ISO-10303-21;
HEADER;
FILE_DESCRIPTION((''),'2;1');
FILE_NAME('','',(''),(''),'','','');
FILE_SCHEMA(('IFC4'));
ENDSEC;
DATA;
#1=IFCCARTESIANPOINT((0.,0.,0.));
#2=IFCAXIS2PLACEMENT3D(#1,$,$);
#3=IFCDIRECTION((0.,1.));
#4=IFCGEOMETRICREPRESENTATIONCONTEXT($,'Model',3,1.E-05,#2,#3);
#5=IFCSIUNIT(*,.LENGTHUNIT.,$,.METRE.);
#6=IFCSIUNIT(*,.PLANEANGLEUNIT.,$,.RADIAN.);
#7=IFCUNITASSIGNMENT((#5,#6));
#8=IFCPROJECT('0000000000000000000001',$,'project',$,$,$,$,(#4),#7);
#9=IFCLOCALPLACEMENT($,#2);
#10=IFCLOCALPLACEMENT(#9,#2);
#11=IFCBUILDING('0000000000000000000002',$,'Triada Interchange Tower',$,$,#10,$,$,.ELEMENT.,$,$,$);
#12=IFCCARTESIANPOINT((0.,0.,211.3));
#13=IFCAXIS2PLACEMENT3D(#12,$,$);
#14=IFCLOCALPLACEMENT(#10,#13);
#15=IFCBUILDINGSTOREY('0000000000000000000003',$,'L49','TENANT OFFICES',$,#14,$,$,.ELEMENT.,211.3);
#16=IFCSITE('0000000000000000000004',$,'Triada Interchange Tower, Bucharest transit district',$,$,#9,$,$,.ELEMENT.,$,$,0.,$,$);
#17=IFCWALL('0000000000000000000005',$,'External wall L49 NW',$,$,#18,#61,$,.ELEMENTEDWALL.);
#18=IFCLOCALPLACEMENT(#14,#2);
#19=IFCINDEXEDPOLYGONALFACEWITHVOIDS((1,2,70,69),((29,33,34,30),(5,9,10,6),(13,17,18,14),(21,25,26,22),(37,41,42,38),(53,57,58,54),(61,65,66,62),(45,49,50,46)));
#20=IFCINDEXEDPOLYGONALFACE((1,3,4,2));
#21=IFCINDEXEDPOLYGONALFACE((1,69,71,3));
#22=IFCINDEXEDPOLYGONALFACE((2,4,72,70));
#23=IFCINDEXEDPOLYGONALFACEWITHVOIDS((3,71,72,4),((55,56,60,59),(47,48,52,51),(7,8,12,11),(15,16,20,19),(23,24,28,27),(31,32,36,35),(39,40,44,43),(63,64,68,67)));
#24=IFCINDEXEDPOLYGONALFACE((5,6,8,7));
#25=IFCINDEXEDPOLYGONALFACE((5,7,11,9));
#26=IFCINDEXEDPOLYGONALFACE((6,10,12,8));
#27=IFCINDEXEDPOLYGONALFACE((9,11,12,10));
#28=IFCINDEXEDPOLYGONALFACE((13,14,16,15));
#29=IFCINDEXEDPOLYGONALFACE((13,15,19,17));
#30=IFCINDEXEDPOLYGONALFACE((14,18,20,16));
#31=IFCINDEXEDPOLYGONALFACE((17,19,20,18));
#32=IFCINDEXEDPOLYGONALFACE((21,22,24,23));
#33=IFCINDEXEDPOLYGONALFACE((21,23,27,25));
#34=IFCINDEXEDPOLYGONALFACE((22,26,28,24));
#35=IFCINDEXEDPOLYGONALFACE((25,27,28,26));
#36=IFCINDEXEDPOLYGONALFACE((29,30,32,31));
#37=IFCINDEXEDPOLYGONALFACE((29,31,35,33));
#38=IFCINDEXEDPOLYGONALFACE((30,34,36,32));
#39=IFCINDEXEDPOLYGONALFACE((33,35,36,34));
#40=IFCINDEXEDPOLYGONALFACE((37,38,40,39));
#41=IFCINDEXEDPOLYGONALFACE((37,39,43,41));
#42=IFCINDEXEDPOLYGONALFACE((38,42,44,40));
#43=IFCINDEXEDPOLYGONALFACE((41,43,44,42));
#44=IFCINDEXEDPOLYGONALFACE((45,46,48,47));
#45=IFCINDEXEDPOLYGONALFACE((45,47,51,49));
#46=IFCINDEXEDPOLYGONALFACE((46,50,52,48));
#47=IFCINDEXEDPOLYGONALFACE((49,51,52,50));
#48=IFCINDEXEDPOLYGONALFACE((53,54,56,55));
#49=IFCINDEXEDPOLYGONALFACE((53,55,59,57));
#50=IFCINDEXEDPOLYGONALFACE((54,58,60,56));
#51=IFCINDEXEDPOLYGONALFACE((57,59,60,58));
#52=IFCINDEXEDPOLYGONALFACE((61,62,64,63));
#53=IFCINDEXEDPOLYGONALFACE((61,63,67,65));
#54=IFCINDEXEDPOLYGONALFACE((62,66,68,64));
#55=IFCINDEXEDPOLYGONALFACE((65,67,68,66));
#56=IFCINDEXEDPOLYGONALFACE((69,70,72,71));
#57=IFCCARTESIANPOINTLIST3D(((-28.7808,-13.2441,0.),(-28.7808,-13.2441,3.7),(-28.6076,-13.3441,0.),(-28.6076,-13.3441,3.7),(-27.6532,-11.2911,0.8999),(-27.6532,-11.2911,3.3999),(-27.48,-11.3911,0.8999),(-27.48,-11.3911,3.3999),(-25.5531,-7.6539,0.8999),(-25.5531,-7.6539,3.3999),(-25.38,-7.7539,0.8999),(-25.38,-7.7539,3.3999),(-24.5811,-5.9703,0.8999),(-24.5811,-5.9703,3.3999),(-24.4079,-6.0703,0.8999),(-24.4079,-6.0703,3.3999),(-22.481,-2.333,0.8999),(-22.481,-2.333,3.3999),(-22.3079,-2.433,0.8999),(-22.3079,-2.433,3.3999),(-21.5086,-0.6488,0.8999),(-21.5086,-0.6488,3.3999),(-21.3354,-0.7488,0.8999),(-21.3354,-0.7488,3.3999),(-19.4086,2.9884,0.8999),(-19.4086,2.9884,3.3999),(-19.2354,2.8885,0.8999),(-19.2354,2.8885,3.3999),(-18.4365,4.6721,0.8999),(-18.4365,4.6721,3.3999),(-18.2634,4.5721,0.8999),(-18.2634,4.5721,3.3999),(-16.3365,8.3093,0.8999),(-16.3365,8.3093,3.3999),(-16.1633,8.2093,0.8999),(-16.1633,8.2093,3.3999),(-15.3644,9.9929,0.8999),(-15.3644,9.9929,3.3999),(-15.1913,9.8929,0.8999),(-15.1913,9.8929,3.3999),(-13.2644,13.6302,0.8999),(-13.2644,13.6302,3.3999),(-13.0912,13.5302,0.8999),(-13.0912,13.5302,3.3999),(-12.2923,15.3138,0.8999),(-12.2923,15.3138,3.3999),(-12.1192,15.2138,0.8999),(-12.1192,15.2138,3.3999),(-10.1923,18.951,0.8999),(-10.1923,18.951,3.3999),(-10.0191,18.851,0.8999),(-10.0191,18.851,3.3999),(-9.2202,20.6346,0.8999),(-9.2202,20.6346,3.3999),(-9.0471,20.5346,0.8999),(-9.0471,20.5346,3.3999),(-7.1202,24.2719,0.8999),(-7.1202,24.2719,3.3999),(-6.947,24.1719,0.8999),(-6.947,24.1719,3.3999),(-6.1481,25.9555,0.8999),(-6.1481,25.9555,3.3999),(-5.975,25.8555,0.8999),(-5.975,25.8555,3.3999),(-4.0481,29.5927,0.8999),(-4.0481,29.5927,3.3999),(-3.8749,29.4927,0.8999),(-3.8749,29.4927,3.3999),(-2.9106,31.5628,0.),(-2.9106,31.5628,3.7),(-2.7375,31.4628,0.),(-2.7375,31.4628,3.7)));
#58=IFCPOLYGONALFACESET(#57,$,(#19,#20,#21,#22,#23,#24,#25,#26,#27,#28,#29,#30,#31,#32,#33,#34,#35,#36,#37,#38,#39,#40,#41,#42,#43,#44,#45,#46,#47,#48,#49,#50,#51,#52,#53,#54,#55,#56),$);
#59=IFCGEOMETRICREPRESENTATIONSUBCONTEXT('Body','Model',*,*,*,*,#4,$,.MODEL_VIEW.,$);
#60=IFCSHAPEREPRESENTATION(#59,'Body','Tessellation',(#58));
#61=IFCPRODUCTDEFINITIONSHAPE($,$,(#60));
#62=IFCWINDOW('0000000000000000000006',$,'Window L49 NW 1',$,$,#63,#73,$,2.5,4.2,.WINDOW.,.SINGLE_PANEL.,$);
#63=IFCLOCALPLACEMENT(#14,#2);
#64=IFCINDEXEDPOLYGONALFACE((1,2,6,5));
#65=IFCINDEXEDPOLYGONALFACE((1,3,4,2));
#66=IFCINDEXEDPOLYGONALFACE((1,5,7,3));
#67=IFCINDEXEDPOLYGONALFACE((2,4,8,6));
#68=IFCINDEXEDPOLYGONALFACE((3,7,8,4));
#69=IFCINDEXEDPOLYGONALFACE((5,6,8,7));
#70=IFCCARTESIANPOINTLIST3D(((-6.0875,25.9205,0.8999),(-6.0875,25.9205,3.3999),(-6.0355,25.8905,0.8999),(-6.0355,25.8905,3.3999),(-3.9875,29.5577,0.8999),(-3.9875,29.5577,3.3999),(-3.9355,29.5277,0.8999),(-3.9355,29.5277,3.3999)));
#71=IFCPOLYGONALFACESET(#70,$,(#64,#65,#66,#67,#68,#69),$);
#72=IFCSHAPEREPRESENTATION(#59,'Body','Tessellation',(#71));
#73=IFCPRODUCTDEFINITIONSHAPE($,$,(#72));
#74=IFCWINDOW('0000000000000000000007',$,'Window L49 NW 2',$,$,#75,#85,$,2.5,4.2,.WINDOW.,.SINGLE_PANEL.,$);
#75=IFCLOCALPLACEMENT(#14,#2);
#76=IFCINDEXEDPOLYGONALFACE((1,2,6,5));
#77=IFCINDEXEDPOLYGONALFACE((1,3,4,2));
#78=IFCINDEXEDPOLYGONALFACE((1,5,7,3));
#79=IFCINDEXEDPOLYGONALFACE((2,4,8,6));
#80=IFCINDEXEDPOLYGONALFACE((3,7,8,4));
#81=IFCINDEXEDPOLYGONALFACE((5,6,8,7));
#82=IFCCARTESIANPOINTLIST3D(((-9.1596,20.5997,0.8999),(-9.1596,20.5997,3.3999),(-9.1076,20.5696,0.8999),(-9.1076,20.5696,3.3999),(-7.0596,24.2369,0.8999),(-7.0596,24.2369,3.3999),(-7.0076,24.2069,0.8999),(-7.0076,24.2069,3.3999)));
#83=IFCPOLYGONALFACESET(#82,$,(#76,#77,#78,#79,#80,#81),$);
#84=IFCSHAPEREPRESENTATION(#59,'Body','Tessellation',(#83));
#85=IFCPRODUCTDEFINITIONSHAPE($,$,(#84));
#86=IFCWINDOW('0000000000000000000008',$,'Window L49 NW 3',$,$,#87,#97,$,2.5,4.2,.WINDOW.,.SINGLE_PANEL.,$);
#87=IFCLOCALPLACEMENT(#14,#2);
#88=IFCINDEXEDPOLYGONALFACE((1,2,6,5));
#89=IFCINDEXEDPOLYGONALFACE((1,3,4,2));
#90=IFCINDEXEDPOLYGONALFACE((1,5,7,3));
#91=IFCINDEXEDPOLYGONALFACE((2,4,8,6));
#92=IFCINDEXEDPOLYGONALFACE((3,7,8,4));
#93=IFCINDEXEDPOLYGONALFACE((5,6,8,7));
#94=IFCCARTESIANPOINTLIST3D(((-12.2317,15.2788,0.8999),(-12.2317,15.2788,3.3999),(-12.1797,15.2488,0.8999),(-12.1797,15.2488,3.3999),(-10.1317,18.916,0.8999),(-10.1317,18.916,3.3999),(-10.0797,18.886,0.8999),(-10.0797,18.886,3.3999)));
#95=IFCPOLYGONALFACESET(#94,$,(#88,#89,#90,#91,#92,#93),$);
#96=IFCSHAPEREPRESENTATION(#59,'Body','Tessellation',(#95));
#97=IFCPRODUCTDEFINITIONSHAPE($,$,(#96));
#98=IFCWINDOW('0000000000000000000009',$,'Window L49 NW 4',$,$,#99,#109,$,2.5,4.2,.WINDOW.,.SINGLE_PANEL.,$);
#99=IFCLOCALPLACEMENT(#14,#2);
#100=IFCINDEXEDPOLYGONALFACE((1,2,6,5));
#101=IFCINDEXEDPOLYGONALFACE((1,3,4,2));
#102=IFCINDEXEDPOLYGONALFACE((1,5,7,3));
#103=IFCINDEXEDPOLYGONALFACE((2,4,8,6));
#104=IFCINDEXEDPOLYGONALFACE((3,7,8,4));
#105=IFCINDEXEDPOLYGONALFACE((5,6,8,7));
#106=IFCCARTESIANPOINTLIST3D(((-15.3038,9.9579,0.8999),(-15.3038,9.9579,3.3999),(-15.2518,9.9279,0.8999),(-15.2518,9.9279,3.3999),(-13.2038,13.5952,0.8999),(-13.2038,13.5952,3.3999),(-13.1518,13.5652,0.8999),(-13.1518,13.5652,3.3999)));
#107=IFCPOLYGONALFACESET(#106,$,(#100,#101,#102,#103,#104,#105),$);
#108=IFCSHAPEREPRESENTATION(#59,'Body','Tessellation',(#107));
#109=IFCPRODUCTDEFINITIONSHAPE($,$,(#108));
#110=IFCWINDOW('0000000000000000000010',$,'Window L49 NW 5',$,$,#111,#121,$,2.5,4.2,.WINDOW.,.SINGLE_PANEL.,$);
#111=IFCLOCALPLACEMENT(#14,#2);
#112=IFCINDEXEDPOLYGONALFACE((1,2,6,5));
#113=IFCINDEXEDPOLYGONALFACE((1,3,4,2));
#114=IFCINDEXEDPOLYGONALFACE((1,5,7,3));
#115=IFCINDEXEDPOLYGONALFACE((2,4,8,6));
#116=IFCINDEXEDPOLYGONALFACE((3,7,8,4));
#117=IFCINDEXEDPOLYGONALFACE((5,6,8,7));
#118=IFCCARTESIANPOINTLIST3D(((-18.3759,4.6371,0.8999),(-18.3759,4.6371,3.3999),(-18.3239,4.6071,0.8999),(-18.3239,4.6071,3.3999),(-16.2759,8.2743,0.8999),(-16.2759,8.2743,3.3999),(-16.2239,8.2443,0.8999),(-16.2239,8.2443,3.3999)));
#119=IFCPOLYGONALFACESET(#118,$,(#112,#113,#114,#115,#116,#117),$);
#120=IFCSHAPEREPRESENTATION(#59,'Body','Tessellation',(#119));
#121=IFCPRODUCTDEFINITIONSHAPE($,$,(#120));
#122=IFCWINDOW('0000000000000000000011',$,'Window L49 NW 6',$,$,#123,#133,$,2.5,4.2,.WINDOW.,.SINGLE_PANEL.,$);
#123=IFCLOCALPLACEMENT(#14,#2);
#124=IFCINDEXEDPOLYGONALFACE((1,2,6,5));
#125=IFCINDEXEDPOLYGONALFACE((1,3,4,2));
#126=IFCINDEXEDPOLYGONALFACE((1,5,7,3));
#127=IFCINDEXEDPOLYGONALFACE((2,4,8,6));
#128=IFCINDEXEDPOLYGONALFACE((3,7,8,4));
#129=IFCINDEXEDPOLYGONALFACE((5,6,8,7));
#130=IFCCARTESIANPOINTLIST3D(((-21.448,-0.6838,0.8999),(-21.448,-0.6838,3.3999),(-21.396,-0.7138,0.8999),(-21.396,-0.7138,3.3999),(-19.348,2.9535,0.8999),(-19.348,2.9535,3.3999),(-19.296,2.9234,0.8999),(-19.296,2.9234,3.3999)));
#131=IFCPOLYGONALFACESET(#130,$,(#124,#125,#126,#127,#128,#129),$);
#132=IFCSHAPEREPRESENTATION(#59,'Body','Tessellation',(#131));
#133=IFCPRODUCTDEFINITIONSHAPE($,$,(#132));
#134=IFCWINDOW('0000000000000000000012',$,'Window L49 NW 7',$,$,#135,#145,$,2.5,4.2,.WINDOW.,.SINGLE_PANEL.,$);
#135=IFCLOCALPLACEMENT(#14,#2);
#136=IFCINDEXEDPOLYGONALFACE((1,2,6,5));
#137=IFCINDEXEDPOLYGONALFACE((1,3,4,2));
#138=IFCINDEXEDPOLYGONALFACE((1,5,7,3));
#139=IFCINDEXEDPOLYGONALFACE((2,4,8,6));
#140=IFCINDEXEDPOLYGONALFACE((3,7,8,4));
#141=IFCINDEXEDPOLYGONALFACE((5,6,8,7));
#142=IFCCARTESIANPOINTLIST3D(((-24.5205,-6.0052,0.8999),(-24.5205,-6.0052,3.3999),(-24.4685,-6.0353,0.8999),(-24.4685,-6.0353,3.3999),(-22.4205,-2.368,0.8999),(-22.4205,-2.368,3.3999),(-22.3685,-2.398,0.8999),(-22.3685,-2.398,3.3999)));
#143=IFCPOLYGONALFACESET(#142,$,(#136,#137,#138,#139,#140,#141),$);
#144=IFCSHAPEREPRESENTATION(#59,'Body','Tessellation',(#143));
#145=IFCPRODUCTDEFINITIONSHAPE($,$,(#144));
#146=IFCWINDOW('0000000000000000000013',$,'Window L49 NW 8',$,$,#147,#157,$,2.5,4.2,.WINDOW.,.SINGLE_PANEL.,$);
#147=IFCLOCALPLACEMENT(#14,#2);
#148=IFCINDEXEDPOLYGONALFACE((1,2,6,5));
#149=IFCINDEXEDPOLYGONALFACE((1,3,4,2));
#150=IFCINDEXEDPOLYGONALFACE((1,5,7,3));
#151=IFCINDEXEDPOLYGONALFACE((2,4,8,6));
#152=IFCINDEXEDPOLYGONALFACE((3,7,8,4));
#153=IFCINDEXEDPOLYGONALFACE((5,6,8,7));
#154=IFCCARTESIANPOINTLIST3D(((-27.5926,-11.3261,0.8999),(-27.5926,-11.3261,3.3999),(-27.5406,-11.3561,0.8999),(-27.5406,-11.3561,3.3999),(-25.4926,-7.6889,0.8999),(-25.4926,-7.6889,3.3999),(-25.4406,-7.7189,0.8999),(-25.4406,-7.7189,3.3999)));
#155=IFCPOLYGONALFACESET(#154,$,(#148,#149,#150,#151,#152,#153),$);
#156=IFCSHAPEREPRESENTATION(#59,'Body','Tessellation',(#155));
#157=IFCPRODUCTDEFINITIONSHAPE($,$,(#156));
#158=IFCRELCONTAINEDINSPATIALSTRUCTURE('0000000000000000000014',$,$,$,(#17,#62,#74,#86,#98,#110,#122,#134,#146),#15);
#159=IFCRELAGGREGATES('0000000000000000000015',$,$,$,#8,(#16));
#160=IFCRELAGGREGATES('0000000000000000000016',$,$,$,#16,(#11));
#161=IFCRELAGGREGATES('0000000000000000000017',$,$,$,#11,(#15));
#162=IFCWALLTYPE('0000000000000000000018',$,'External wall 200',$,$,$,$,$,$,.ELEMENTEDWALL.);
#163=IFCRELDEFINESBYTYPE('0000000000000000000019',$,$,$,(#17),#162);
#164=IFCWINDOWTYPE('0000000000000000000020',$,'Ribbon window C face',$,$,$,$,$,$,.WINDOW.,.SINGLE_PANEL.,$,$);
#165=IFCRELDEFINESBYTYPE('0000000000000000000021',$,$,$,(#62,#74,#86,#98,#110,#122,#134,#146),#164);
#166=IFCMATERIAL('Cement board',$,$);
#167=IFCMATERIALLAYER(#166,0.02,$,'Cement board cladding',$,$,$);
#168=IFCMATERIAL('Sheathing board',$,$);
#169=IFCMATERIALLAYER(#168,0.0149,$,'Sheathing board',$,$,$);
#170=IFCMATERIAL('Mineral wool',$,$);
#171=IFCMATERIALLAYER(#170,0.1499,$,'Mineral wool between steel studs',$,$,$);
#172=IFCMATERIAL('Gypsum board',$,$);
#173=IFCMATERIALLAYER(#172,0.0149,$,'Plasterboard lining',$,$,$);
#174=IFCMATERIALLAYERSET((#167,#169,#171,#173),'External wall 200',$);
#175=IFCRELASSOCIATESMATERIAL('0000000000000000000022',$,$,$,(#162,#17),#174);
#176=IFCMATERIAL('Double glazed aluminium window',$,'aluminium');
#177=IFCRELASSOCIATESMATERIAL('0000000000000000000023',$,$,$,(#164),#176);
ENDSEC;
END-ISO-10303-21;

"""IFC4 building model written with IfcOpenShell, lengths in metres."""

from ifc_helpers import new_model, si_unit, direction, frame, frame_2d, origin, place, context, subcontext, project, spatial, rectangle, extrude, material, layer, layer_set, layer_usage, type_object, element, fill, save


model = new_model("IFC4")

# Units and contexts
model_context = context("Model", 3, precision=1e-05, world=origin(), true_north=direction((0.0, 1.0)))
body_context = subcontext(model_context, "Body", "Model", "MODEL_VIEW")
ifc_project = project(units=[si_unit("LENGTHUNIT", "METRE"), si_unit("PLANEANGLEUNIT", "RADIAN")], contexts=[model_context])

# Site, building, storey
site_placement = place(None, origin())
site = spatial("IfcSite", under=ifc_project, at=site_placement, Name="Triada Interchange Tower, Bucharest transit district", CompositionType="ELEMENT", RefElevation=0.0)
building_placement = place(site_placement, origin())
building = spatial("IfcBuilding", under=site, at=building_placement, Name="Triada Interchange Tower", CompositionType="ELEMENT")
storey_placement = place(building_placement, frame((0.0, 0.0, 211.3)))
storey = spatial("IfcBuildingStorey", under=building, at=storey_placement, Name="L49", Description="TENANT OFFICES", CompositionType="ELEMENT", Elevation=211.3)

# Wall, openings, windows
ifc_material_1 = material(Name="Cement board")
ifc_layer_1 = layer(ifc_material_1, 0.02, Name="Cement board cladding")
ifc_material_2 = material(Name="Sheathing board")
ifc_layer_2 = layer(ifc_material_2, 0.0149, Name="Sheathing board")
ifc_material_3 = material(Name="Mineral wool")
ifc_layer_3 = layer(ifc_material_3, 0.1499, Name="Mineral wool between steel studs")
ifc_material_4 = material(Name="Gypsum board")
ifc_layer_4 = layer(ifc_material_4, 0.0149, Name="Plasterboard lining")
ifc_layer_set_1 = layer_set([ifc_layer_1, ifc_layer_2, ifc_layer_3, ifc_layer_4], Name="External wall 200")
ifc_layer_usage = layer_usage(ifc_layer_set_1, "AXIS2", "POSITIVE", -0.1001)
wall_type_1 = type_object("IfcWallType", Name="External wall 200", PredefinedType="ELEMENTEDWALL", material=ifc_layer_set_1)
wall_1_placement = place(storey_placement, frame((-2.824, 31.5129, 0.0), z_axis=(0.0, 0.0, 1.0), x_axis=(-0.500012, -0.866018, 0.0)))
wall_1 = element("IfcWall", 1, at=wall_1_placement, inside=storey, type_object=wall_type_1, material=ifc_layer_usage, Name="External wall L49 NW", PredefinedType="ELEMENTEDWALL", context=body_context, shape_type="SweptSolid", body=[
    extrude(rectangle(XDim=51.739, YDim=0.2, at=frame_2d((25.8696, 0.0))), origin(), (0.0, 0.0, 1.0), 3.7),
])
opening_1_placement = place(wall_1_placement, frame((2.2749, 0.0, 0.8999)))
opening_1 = element("IfcOpeningElement", 2, at=opening_1_placement, cuts=wall_1, PredefinedType="OPENING", context=body_context, shape_type="SweptSolid", body=[
    extrude(rectangle(XDim=4.2, YDim=2.5, at=frame_2d((2.1001, 1.25))), frame((0.0, 0.1099, 0.0), z_axis=(0.0, -1.0, 0.0), x_axis=(1.0, 0.0, 0.0)), (0.0, 0.0, 1.0), 0.22),
])
opening_2_placement = place(wall_1_placement, frame((8.4189, 0.0, 0.8999)))
opening_2 = element("IfcOpeningElement", 3, at=opening_2_placement, cuts=wall_1, PredefinedType="OPENING", context=body_context, shape_type="SweptSolid", body=[
    extrude(rectangle(XDim=4.2, YDim=2.5, at=frame_2d((2.1001, 1.25))), frame((0.0, 0.1099, 0.0), z_axis=(0.0, -1.0, 0.0), x_axis=(1.0, 0.0, 0.0)), (0.0, 0.0, 1.0), 0.22),
])
opening_3_placement = place(wall_1_placement, frame((14.563, 0.0, 0.8999)))
opening_3 = element("IfcOpeningElement", 4, at=opening_3_placement, cuts=wall_1, PredefinedType="OPENING", context=body_context, shape_type="SweptSolid", body=[
    extrude(rectangle(XDim=4.2, YDim=2.5, at=frame_2d((2.1001, 1.25))), frame((0.0, 0.1099, 0.0), z_axis=(0.0, -1.0, 0.0), x_axis=(1.0, 0.0, 0.0)), (0.0, 0.0, 1.0), 0.22),
])
opening_4_placement = place(wall_1_placement, frame((20.707, 0.0, 0.8999)))
opening_4 = element("IfcOpeningElement", 5, at=opening_4_placement, cuts=wall_1, PredefinedType="OPENING", context=body_context, shape_type="SweptSolid", body=[
    extrude(rectangle(XDim=4.2, YDim=2.5, at=frame_2d((2.1001, 1.25))), frame((0.0, 0.1099, 0.0), z_axis=(0.0, -1.0, 0.0), x_axis=(1.0, 0.0, 0.0)), (0.0, 0.0, 1.0), 0.22),
])
opening_5_placement = place(wall_1_placement, frame((26.8511, 0.0, 0.8999)))
opening_5 = element("IfcOpeningElement", 6, at=opening_5_placement, cuts=wall_1, PredefinedType="OPENING", context=body_context, shape_type="SweptSolid", body=[
    extrude(rectangle(XDim=4.2, YDim=2.5, at=frame_2d((2.1001, 1.25))), frame((0.0, 0.1099, 0.0), z_axis=(0.0, -1.0, 0.0), x_axis=(1.0, 0.0, 0.0)), (0.0, 0.0, 1.0), 0.22),
])
opening_6_placement = place(wall_1_placement, frame((32.9951, 0.0, 0.8999)))
opening_6 = element("IfcOpeningElement", 7, at=opening_6_placement, cuts=wall_1, PredefinedType="OPENING", context=body_context, shape_type="SweptSolid", body=[
    extrude(rectangle(XDim=4.2, YDim=2.5, at=frame_2d((2.1001, 1.25))), frame((0.0, 0.1099, 0.0), z_axis=(0.0, -1.0, 0.0), x_axis=(1.0, 0.0, 0.0)), (0.0, 0.0, 1.0), 0.22),
])
opening_7_placement = place(wall_1_placement, frame((39.1399, 0.0, 0.8999)))
opening_7 = element("IfcOpeningElement", 8, at=opening_7_placement, cuts=wall_1, PredefinedType="OPENING", context=body_context, shape_type="SweptSolid", body=[
    extrude(rectangle(XDim=4.2, YDim=2.5, at=frame_2d((2.1001, 1.25))), frame((0.0, 0.1099, 0.0), z_axis=(0.0, -1.0, 0.0), x_axis=(1.0, 0.0, 0.0)), (0.0, 0.0, 1.0), 0.22),
])
opening_8_placement = place(wall_1_placement, frame((45.2839, 0.0, 0.8999)))
opening_8 = element("IfcOpeningElement", 9, at=opening_8_placement, cuts=wall_1, PredefinedType="OPENING", context=body_context, shape_type="SweptSolid", body=[
    extrude(rectangle(XDim=4.2, YDim=2.5, at=frame_2d((2.1001, 1.25))), frame((0.0, 0.1099, 0.0), z_axis=(0.0, -1.0, 0.0), x_axis=(1.0, 0.0, 0.0)), (0.0, 0.0, 1.0), 0.22),
])
ifc_material_5 = material(Name="Double glazed aluminium window", Category="aluminium")
window_type = type_object("IfcWindowType", Name="Ribbon window C face", PartitioningType="SINGLE_PANEL", PredefinedType="WINDOW", material=ifc_material_5)
window_1_placement = place(opening_1_placement, origin())
window_1 = element("IfcWindow", 10, at=window_1_placement, inside=storey, type_object=window_type, Name="Window L49 NW 1", OverallHeight=2.5, OverallWidth=4.2, PartitioningType="SINGLE_PANEL", PredefinedType="WINDOW", context=body_context, shape_type="SweptSolid", body=[
    extrude(rectangle(XDim=4.2, YDim=2.5, at=frame_2d((2.1001, 1.25))), frame((0.0, 0.03, 0.0), z_axis=(0.0, -1.0, 0.0), x_axis=(1.0, 0.0, 0.0)), (0.0, 0.0, 1.0), 0.0601),
])
fill(opening_1, window_1)
window_2_placement = place(opening_2_placement, origin())
window_2 = element("IfcWindow", 11, at=window_2_placement, inside=storey, type_object=window_type, Name="Window L49 NW 2", OverallHeight=2.5, OverallWidth=4.2, PartitioningType="SINGLE_PANEL", PredefinedType="WINDOW", context=body_context, shape_type="SweptSolid", body=[
    extrude(rectangle(XDim=4.2, YDim=2.5, at=frame_2d((2.1001, 1.25))), frame((0.0, 0.03, 0.0), z_axis=(0.0, -1.0, 0.0), x_axis=(1.0, 0.0, 0.0)), (0.0, 0.0, 1.0), 0.0601),
])
fill(opening_2, window_2)
window_3_placement = place(opening_3_placement, origin())
window_3 = element("IfcWindow", 12, at=window_3_placement, inside=storey, type_object=window_type, Name="Window L49 NW 3", OverallHeight=2.5, OverallWidth=4.2, PartitioningType="SINGLE_PANEL", PredefinedType="WINDOW", context=body_context, shape_type="SweptSolid", body=[
    extrude(rectangle(XDim=4.2, YDim=2.5, at=frame_2d((2.1001, 1.25))), frame((0.0, 0.03, 0.0), z_axis=(0.0, -1.0, 0.0), x_axis=(1.0, 0.0, 0.0)), (0.0, 0.0, 1.0), 0.0601),
])
fill(opening_3, window_3)
window_4_placement = place(opening_4_placement, origin())
window_4 = element("IfcWindow", 13, at=window_4_placement, inside=storey, type_object=window_type, Name="Window L49 NW 4", OverallHeight=2.5, OverallWidth=4.2, PartitioningType="SINGLE_PANEL", PredefinedType="WINDOW", context=body_context, shape_type="SweptSolid", body=[
    extrude(rectangle(XDim=4.2, YDim=2.5, at=frame_2d((2.1001, 1.25))), frame((0.0, 0.03, 0.0), z_axis=(0.0, -1.0, 0.0), x_axis=(1.0, 0.0, 0.0)), (0.0, 0.0, 1.0), 0.0601),
])
fill(opening_4, window_4)
window_5_placement = place(opening_5_placement, origin())
window_5 = element("IfcWindow", 14, at=window_5_placement, inside=storey, type_object=window_type, Name="Window L49 NW 5", OverallHeight=2.5, OverallWidth=4.2, PartitioningType="SINGLE_PANEL", PredefinedType="WINDOW", context=body_context, shape_type="SweptSolid", body=[
    extrude(rectangle(XDim=4.2, YDim=2.5, at=frame_2d((2.1001, 1.25))), frame((0.0, 0.03, 0.0), z_axis=(0.0, -1.0, 0.0), x_axis=(1.0, 0.0, 0.0)), (0.0, 0.0, 1.0), 0.0601),
])
fill(opening_5, window_5)
window_6_placement = place(opening_6_placement, origin())
window_6 = element("IfcWindow", 15, at=window_6_placement, inside=storey, type_object=window_type, Name="Window L49 NW 6", OverallHeight=2.5, OverallWidth=4.2, PartitioningType="SINGLE_PANEL", PredefinedType="WINDOW", context=body_context, shape_type="SweptSolid", body=[
    extrude(rectangle(XDim=4.2, YDim=2.5, at=frame_2d((2.1001, 1.25))), frame((0.0, 0.03, 0.0), z_axis=(0.0, -1.0, 0.0), x_axis=(1.0, 0.0, 0.0)), (0.0, 0.0, 1.0), 0.0601),
])
fill(opening_6, window_6)
window_7_placement = place(opening_7_placement, origin())
window_7 = element("IfcWindow", 16, at=window_7_placement, inside=storey, type_object=window_type, Name="Window L49 NW 7", OverallHeight=2.5, OverallWidth=4.2, PartitioningType="SINGLE_PANEL", PredefinedType="WINDOW", context=body_context, shape_type="SweptSolid", body=[
    extrude(rectangle(XDim=4.2, YDim=2.5, at=frame_2d((2.1001, 1.25))), frame((0.0, 0.03, 0.0), z_axis=(0.0, -1.0, 0.0), x_axis=(1.0, 0.0, 0.0)), (0.0, 0.0, 1.0), 0.0601),
])
fill(opening_7, window_7)
window_8_placement = place(opening_8_placement, origin())
window_8 = element("IfcWindow", 17, at=window_8_placement, inside=storey, type_object=window_type, Name="Window L49 NW 8", OverallHeight=2.5, OverallWidth=4.2, PartitioningType="SINGLE_PANEL", PredefinedType="WINDOW", context=body_context, shape_type="SweptSolid", body=[
    extrude(rectangle(XDim=4.2, YDim=2.5, at=frame_2d((2.1001, 1.25))), frame((0.0, 0.03, 0.0), z_axis=(0.0, -1.0, 0.0), x_axis=(1.0, 0.0, 0.0)), (0.0, 0.0, 1.0), 0.0601),
])
fill(opening_8, window_8)

save(model, "model.ifc")
